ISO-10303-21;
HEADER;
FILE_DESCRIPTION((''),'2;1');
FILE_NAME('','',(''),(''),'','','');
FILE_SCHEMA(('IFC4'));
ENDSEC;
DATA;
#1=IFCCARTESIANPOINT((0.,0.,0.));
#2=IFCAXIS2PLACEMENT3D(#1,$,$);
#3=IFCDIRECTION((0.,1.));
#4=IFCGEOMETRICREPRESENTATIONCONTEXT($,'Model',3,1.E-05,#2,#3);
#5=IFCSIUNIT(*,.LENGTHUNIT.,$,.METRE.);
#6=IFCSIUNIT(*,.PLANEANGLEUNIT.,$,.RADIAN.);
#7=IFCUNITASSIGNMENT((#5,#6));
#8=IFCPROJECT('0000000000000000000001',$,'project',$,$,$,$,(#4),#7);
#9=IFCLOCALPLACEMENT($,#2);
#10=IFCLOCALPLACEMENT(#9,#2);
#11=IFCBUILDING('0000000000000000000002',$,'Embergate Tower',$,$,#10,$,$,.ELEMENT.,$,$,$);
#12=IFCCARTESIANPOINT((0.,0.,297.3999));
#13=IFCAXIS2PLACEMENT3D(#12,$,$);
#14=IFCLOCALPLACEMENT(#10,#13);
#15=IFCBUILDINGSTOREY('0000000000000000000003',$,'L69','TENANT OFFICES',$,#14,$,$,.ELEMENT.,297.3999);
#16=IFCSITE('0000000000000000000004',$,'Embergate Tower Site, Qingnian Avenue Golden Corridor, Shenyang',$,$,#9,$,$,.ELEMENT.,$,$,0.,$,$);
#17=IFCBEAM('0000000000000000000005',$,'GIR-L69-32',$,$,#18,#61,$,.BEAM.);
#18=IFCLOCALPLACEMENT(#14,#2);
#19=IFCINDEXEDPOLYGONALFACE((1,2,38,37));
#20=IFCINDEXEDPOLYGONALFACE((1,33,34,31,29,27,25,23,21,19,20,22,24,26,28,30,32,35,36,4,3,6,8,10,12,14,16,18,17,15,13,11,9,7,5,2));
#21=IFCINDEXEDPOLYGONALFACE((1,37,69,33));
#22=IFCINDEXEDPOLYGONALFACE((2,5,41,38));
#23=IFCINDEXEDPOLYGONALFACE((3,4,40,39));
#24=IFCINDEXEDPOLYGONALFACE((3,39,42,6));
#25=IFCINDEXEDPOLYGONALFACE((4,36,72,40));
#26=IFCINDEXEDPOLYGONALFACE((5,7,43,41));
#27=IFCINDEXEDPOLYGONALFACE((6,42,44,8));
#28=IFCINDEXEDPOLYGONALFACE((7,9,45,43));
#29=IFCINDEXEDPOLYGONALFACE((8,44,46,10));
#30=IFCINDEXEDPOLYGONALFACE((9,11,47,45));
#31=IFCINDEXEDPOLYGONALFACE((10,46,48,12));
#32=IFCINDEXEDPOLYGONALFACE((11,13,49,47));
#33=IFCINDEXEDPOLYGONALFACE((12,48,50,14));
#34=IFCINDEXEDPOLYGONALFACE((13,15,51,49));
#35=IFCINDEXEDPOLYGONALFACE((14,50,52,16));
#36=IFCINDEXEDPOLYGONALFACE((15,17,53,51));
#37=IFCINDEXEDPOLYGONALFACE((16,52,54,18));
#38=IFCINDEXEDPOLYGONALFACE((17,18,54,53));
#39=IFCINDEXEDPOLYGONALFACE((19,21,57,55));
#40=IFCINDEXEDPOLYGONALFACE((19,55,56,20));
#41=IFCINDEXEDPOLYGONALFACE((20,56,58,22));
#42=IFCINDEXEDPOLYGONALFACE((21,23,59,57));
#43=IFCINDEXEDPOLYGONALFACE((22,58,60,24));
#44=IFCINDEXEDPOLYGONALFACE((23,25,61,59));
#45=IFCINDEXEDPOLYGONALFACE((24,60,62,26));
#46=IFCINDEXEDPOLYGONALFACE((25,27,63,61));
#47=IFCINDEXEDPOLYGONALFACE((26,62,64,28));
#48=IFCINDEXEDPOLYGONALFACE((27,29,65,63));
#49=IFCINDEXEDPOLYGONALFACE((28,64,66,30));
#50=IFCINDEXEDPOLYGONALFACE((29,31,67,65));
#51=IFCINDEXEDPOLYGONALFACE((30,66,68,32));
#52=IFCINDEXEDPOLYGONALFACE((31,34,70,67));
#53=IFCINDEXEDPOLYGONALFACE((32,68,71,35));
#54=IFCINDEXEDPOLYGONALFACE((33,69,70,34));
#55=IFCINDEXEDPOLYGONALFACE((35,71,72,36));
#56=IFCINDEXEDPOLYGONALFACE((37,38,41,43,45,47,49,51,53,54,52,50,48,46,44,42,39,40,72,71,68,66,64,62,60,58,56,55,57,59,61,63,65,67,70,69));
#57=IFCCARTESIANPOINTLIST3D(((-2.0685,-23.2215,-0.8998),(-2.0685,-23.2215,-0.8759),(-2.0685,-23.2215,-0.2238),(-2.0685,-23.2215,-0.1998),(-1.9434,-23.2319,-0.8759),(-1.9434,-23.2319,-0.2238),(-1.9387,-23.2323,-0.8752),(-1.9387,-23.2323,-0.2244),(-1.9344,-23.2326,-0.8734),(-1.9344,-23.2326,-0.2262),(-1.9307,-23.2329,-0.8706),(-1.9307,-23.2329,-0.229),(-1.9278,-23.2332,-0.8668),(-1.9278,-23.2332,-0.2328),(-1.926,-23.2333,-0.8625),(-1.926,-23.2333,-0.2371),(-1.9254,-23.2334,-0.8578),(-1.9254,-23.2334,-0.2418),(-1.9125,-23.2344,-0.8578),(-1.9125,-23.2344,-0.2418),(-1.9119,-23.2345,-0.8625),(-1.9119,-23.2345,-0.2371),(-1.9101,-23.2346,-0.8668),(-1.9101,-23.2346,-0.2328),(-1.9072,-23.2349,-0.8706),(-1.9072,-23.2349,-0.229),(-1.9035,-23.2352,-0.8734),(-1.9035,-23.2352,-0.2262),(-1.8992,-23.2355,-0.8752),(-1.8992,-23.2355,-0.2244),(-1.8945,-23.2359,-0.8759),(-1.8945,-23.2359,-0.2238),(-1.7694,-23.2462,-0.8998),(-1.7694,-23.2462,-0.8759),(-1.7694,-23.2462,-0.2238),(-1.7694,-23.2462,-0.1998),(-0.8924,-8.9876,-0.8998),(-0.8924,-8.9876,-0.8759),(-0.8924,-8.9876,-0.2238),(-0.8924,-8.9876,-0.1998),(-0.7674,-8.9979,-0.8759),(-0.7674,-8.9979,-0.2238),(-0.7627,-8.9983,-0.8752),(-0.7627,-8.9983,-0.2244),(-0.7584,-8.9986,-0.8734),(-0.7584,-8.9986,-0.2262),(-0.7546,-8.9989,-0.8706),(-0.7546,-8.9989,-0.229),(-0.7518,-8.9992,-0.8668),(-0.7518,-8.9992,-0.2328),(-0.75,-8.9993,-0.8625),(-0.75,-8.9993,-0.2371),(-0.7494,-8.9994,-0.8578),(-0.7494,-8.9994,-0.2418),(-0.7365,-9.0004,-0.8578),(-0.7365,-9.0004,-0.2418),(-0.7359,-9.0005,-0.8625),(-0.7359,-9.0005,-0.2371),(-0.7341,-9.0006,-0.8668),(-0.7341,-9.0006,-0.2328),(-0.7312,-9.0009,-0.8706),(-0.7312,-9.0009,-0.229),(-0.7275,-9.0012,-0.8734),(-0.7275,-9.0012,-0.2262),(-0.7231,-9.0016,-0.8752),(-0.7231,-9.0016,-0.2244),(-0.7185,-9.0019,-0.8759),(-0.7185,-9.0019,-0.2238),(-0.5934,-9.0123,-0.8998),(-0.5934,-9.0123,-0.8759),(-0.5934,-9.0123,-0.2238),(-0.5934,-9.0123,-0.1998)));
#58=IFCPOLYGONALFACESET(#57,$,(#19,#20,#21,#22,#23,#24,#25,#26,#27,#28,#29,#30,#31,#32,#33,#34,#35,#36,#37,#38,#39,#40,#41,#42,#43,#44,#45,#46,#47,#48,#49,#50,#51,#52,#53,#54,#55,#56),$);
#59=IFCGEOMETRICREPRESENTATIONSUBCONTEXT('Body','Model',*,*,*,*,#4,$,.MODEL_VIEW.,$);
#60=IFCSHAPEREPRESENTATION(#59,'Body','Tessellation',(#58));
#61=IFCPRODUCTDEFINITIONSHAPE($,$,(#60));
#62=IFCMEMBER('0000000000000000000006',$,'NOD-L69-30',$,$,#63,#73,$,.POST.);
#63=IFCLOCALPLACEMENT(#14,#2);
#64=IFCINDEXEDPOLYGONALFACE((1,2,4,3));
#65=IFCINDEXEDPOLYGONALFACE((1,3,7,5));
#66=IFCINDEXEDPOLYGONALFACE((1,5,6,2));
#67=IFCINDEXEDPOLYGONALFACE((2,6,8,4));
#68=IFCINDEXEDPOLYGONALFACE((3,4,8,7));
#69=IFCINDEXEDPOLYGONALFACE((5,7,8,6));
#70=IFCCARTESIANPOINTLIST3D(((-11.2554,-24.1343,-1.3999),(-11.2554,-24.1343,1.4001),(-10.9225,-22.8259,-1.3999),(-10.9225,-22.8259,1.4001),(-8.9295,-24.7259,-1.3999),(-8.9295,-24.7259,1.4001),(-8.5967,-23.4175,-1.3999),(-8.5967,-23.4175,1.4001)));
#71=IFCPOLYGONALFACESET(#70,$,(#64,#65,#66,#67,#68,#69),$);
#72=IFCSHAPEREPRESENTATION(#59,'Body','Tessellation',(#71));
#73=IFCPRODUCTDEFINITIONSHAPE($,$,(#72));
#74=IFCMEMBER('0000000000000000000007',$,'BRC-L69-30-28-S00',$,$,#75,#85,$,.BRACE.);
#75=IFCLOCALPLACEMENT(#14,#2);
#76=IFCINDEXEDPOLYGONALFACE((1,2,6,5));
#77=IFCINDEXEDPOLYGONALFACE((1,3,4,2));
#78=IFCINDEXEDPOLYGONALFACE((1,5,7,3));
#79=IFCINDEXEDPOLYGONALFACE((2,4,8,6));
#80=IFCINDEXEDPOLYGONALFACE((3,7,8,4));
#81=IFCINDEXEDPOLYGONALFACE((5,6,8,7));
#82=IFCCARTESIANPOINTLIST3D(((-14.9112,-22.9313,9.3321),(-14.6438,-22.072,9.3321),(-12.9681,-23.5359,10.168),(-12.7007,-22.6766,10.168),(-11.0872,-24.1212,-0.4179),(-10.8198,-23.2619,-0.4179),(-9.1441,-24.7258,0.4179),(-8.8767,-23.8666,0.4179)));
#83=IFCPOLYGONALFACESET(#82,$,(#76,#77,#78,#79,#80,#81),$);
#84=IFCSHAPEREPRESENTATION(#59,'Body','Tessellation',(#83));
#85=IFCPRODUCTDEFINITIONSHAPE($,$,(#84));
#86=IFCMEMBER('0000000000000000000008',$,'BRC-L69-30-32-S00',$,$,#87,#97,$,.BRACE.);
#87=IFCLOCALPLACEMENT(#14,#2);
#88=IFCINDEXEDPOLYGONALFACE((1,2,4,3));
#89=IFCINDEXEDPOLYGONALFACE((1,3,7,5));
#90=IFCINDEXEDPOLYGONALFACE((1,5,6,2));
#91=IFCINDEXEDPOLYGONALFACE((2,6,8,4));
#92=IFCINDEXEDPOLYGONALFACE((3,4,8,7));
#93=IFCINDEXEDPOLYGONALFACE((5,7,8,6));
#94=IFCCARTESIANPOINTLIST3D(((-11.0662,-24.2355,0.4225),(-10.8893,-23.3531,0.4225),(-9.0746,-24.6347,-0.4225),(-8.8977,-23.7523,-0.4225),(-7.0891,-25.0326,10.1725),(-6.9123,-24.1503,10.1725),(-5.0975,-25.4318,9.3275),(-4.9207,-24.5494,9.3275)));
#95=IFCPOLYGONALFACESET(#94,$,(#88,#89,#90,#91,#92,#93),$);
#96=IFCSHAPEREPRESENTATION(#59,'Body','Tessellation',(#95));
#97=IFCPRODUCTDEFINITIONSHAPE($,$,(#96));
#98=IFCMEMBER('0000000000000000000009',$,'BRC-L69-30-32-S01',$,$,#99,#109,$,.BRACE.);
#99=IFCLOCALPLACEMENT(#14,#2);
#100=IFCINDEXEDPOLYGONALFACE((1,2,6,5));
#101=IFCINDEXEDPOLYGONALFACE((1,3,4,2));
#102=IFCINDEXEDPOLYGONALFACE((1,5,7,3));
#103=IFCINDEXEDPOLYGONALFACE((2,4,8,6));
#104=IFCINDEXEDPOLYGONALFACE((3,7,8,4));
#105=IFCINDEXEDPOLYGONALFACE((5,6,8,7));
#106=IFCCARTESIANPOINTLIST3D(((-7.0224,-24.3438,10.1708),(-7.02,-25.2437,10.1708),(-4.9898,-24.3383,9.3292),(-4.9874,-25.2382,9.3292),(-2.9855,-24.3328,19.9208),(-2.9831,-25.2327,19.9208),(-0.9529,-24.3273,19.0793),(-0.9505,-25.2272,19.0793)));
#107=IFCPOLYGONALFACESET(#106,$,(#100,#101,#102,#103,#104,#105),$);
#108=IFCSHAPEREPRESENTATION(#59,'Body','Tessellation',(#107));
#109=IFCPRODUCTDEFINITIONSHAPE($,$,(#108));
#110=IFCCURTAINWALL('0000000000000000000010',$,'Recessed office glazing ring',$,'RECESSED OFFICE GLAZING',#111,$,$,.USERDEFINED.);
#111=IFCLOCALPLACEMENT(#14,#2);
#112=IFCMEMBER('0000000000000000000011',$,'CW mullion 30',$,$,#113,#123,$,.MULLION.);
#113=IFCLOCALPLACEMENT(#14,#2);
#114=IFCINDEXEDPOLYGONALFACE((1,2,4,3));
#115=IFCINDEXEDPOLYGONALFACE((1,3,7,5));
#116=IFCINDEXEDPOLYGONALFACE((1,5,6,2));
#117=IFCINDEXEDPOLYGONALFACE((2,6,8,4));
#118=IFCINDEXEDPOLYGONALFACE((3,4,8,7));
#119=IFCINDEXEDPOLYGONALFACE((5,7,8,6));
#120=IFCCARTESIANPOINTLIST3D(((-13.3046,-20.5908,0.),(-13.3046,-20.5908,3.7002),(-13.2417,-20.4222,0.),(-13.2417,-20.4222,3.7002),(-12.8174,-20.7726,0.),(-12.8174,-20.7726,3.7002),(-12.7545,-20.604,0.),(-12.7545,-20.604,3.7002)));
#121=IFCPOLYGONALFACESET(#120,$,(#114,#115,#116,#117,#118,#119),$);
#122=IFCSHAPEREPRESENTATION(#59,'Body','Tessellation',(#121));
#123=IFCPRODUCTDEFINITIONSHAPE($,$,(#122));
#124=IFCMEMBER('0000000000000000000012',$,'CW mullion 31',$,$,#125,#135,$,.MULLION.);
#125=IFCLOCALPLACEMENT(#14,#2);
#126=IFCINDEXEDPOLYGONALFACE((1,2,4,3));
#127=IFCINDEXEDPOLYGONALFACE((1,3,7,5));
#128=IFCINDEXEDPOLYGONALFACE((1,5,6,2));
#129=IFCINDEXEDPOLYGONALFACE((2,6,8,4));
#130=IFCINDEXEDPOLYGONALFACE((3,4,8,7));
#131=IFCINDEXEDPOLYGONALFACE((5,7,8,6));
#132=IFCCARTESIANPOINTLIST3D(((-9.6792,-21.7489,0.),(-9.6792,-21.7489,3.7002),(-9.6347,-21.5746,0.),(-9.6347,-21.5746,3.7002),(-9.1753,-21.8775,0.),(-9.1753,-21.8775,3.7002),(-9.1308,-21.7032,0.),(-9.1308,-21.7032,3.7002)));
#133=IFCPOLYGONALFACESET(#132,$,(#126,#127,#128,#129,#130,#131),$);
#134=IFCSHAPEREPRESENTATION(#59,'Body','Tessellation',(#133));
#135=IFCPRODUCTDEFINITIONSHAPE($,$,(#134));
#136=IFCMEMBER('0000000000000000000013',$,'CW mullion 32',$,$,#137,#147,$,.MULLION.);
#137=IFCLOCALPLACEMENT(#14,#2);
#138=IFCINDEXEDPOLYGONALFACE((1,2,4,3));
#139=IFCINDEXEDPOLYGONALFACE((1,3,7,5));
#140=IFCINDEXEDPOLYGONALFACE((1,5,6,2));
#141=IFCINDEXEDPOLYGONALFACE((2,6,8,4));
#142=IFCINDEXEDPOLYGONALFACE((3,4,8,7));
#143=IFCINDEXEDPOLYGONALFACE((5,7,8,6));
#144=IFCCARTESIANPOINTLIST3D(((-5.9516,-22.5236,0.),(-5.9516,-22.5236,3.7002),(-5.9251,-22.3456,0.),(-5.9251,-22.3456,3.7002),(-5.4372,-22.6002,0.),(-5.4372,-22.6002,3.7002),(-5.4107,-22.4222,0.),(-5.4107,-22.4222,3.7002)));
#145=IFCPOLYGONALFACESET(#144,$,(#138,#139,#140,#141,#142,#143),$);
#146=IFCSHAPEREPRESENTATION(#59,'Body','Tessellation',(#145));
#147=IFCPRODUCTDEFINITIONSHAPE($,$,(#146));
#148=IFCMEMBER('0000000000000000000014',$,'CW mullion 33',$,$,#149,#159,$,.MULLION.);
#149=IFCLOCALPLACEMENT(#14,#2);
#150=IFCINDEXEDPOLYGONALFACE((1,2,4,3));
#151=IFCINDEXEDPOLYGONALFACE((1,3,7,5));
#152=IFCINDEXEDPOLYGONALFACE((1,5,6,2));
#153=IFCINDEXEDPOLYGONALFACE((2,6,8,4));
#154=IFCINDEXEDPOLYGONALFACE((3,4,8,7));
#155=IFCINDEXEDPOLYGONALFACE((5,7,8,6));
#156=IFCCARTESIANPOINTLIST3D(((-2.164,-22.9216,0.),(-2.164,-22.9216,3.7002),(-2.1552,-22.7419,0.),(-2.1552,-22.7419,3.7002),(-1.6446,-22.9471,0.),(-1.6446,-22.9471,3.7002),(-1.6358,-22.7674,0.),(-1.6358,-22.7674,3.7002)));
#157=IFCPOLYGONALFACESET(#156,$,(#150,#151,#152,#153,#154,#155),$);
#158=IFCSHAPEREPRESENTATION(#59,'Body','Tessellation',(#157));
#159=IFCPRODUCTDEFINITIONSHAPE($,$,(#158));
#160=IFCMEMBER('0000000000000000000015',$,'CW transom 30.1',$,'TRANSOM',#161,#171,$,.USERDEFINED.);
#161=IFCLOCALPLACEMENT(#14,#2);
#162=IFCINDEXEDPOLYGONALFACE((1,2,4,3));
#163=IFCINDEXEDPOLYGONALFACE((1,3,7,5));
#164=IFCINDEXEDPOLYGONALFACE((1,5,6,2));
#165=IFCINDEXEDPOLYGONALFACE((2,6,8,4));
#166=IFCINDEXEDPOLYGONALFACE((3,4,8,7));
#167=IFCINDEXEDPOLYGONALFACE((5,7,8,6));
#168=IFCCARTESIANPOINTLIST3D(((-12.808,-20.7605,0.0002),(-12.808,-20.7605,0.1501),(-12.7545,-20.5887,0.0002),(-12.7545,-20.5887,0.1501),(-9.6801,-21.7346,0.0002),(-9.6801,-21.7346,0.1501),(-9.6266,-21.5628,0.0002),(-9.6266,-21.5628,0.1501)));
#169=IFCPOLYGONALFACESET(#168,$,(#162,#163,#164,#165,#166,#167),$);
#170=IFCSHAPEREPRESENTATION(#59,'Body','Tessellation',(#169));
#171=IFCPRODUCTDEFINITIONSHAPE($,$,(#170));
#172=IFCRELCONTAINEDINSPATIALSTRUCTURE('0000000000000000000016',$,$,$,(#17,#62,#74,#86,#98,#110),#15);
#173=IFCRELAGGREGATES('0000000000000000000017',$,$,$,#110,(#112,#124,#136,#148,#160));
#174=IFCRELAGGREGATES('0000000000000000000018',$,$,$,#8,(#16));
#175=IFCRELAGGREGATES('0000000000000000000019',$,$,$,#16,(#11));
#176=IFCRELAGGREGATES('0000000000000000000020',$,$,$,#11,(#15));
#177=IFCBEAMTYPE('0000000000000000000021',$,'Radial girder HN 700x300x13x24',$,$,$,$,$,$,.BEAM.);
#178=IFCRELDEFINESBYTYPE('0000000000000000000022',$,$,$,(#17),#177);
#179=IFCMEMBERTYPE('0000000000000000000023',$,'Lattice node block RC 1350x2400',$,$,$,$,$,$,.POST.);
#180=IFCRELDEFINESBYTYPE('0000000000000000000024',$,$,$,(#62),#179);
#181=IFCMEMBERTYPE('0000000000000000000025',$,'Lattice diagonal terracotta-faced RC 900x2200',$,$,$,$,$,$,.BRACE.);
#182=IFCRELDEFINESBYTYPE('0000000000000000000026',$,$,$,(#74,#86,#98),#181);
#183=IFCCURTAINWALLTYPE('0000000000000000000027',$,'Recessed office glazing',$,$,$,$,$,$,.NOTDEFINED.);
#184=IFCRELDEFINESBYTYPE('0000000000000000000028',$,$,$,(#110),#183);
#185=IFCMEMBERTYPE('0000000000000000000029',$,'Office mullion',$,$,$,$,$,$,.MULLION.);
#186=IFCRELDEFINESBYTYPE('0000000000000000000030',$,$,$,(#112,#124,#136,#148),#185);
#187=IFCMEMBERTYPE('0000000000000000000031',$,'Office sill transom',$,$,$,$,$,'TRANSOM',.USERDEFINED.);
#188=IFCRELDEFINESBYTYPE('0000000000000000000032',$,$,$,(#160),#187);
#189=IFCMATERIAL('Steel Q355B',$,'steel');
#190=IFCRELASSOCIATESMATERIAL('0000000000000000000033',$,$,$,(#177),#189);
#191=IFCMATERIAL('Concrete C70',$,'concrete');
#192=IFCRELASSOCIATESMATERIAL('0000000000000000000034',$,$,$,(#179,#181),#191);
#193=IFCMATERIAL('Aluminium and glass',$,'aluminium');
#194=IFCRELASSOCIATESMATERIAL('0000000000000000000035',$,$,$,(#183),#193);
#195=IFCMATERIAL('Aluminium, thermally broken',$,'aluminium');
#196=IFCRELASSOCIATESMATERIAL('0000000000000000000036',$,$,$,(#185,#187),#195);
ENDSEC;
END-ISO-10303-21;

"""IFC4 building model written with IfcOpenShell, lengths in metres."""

from ifc_helpers import new_model, si_unit, direction, frame, origin, origin_2d, place, context, subcontext, project, spatial, rectangle, i_section, extrude, source, transform, mapped, material, material_profile, profile_set, type_object, element, aggregate, save


model = new_model("IFC4")

# Units and contexts
model_context = context("Model", 3, precision=1e-05, world=origin(), true_north=direction((0.0, 1.0)))
body_context = subcontext(model_context, "Body", "Model", "MODEL_VIEW")
ifc_project = project(units=[si_unit("LENGTHUNIT", "METRE"), si_unit("PLANEANGLEUNIT", "RADIAN")], contexts=[model_context])

# Site, building, storey
site_placement = place(None, origin())
site = spatial("IfcSite", under=ifc_project, at=site_placement, Name="Embergate Tower Site, Qingnian Avenue Golden Corridor, Shenyang", CompositionType="ELEMENT", RefElevation=0.0)
building_placement = place(site_placement, origin())
building = spatial("IfcBuilding", under=site, at=building_placement, Name="Embergate Tower", CompositionType="ELEMENT")
storey_placement = place(building_placement, frame((0.0, 0.0, 297.3999)))
storey = spatial("IfcBuildingStorey", under=building, at=storey_placement, Name="L69", Description="TENANT OFFICES", CompositionType="ELEMENT", Elevation=297.3999)

# Beam
ifc_material_1 = material(Name="Steel Q355B", Category="steel")
ifc_material_profile_1 = material_profile(ifc_material_1, i_section(OverallWidth=0.3, OverallDepth=0.7, WebThickness=0.0129, FlangeThickness=0.0239, FilletRadius=0.0181, at=origin_2d()), Name="HN 700x300x13x24")
ifc_profile_set_1 = profile_set([ifc_material_profile_1], Name="Steel Q355 grade B")
beam_type_1 = type_object("IfcBeamType", Name="Radial girder HN 700x300x13x24", PredefinedType="BEAM", material=ifc_profile_set_1)
shared_shape_1 = source(origin(), body_context, "Body", "SweptSolid", [
    extrude(i_section(OverallWidth=0.3, OverallDepth=0.7, WebThickness=0.0129, FlangeThickness=0.0239, FilletRadius=0.0181, at=origin_2d()), origin(), (0.0, 0.0, 1.0), 14.2825),
])
beam_1_placement = place(storey_placement, frame((-1.9189, -23.2339, -0.5498), z_axis=(0.082341, 0.996604, 0.0), x_axis=(-0.996604, 0.082341, 0.0)))
element("IfcBeam", 1, at=beam_1_placement, inside=storey, type_object=beam_type_1, Name="GIR-L69-32", PredefinedType="BEAM", context=body_context, shape_type="MappedRepresentation", body=[
    mapped(shared_shape_1, transform((0.0, 0.0, 0.0))),
])

# Members
ifc_material_2 = material(Name="Concrete C70", Category="concrete")
ifc_material_profile_2 = material_profile(ifc_material_2, rectangle(XDim=1.3501, YDim=2.3999, at=origin_2d()), Name="RC 1350x2400")
ifc_profile_set_2 = profile_set([ifc_material_profile_2], Name="Concrete C70")
member_type_1 = type_object("IfcMemberType", Name="Lattice node block RC 1350x2400", PredefinedType="POST", material=ifc_profile_set_2)
shared_shape_2 = source(origin(), body_context, "Body", "SweptSolid", [
    extrude(rectangle(XDim=1.3501, YDim=2.3999, at=origin_2d()), origin(), (0.0, 0.0, 1.0), 2.8),
])
member_1_placement = place(storey_placement, frame((-9.926, -23.7759, -1.3999), z_axis=(0.0, 0.0, 1.0), x_axis=(-0.246509, -0.969141, 0.0)))
element("IfcMember", 2, at=member_1_placement, inside=storey, type_object=member_type_1, Name="NOD-L69-30", PredefinedType="POST", context=body_context, shape_type="MappedRepresentation", body=[
    mapped(shared_shape_2, transform((0.0, 0.0, 0.0))),
])
ifc_material_profile_3 = material_profile(ifc_material_2, rectangle(XDim=0.8999, YDim=2.2, at=origin_2d()), Name="RC 900x2200")
ifc_profile_set_3 = profile_set([ifc_material_profile_3], Name="Concrete C70")
member_type_2 = type_object("IfcMemberType", Name="Lattice diagonal terracotta-faced RC 900x2200", PredefinedType="BRACE", material=ifc_profile_set_3)
shared_shape_3 = source(origin(), body_context, "Body", "SweptSolid", [
    extrude(rectangle(XDim=0.8999, YDim=2.2, at=origin_2d()), origin(), (0.0, 0.0, 1.0), 10.5405),
])
member_2_placement = place(storey_placement, frame((-9.9819, -23.9939, 0.0), z_axis=(-0.36279, 0.112893, 0.925007), x_axis=(-0.297126, -0.954838, 0.0)))
element("IfcMember", 3, at=member_2_placement, inside=storey, type_object=member_type_2, Name="BRC-L69-30-28-S00", PredefinedType="BRACE", context=body_context, shape_type="MappedRepresentation", body=[
    mapped(shared_shape_3, transform((0.0, 0.0, 0.0))),
])
shared_shape_4 = source(origin(), body_context, "Body", "SweptSolid", [
    extrude(rectangle(XDim=0.8999, YDim=2.2, at=origin_2d()), origin(), (0.0, 0.0, 1.0), 10.5601),
])
member_3_placement = place(storey_placement, frame((-9.9819, -23.9939, 0.0), z_axis=(0.376613, -0.075484, 0.92329), x_axis=(0.196521, 0.9805, 0.0)))
element("IfcMember", 4, at=member_3_placement, inside=storey, type_object=member_type_2, Name="BRC-L69-30-32-S00", PredefinedType="BRACE", context=body_context, shape_type="MappedRepresentation", body=[
    mapped(shared_shape_4, transform((0.0, 0.0, 0.0))),
])
shared_shape_5 = source(origin(), body_context, "Body", "SweptSolid", [
    extrude(rectangle(XDim=0.8999, YDim=2.2, at=origin_2d()), origin(), (0.0, 0.0, 1.0), 10.5527),
])
member_4_placement = place(storey_placement, frame((-6.0049, -24.791, 9.75), z_axis=(0.382544, 0.001041, 0.923937), x_axis=(-0.002721, 0.999996, 0.0)))
element("IfcMember", 5, at=member_4_placement, inside=storey, type_object=member_type_2, Name="BRC-L69-30-32-S01", PredefinedType="BRACE", context=body_context, shape_type="MappedRepresentation", body=[
    mapped(shared_shape_5, transform((0.0, 0.0, 0.0))),
])

# Curtain wall, members
ifc_material_3 = material(Name="Aluminium and glass", Category="aluminium")
curtain_wall_type = type_object("IfcCurtainWallType", Name="Recessed office glazing", PredefinedType="NOTDEFINED", material=ifc_material_3)
curtain_wall_placement = place(storey_placement, origin())
curtain_wall = element("IfcCurtainWall", 6, at=curtain_wall_placement, inside=storey, type_object=curtain_wall_type, Name="Recessed office glazing ring", ObjectType="RECESSED OFFICE GLAZING", PredefinedType="USERDEFINED")
ifc_material_4 = material(Name="Aluminium, thermally broken", Category="aluminium")
ifc_material_profile_4 = material_profile(ifc_material_4, rectangle(XDim=0.1799, YDim=0.52, at=origin_2d()), Name="AL 520x180")
ifc_profile_set_4 = profile_set([ifc_material_profile_4], Name="Aluminium, thermally broken")
member_type_3 = type_object("IfcMemberType", Name="Office mullion", PredefinedType="MULLION", material=ifc_profile_set_4)
shared_shape_6 = source(origin(), body_context, "Body", "SweptSolid", [
    extrude(rectangle(XDim=0.1799, YDim=0.52, at=origin_2d()), origin(), (0.0, 0.0, 1.0), 3.7002),
])
member_5_placement = place(storey_placement, frame((-13.0295, -20.5974, 0.0), z_axis=(0.0, 0.0, 1.0), x_axis=(0.349501, 0.936936, 0.0)))
member_5 = element("IfcMember", 7, at=member_5_placement, type_object=member_type_3, Name="CW mullion 30", PredefinedType="MULLION", context=body_context, shape_type="MappedRepresentation", body=[
    mapped(shared_shape_6, transform((0.0, 0.0, 0.0))),
])
member_6_placement = place(storey_placement, frame((-9.405, -21.7261, 0.0), z_axis=(0.0, 0.0, 1.0), x_axis=(0.247312, 0.968936, 0.0)))
member_6 = element("IfcMember", 8, at=member_6_placement, type_object=member_type_3, Name="CW mullion 31", PredefinedType="MULLION", context=body_context, shape_type="MappedRepresentation", body=[
    mapped(shared_shape_6, transform((0.0, 0.0, 0.0))),
])
member_7_placement = place(storey_placement, frame((-5.6812, -22.4729, 0.0), z_axis=(0.0, 0.0, 1.0), x_axis=(0.147412, 0.989075, 0.0)))
member_7 = element("IfcMember", 9, at=member_7_placement, type_object=member_type_3, Name="CW mullion 32", PredefinedType="MULLION", context=body_context, shape_type="MappedRepresentation", body=[
    mapped(shared_shape_6, transform((0.0, 0.0, 0.0))),
])
member_8_placement = place(storey_placement, frame((-1.8999, -22.8445, 0.0), z_axis=(0.0, 0.0, 1.0), x_axis=(0.048972, 0.9988, 0.0)))
member_8 = element("IfcMember", 10, at=member_8_placement, type_object=member_type_3, Name="CW mullion 33", PredefinedType="MULLION", context=body_context, shape_type="MappedRepresentation", body=[
    mapped(shared_shape_6, transform((0.0, 0.0, 0.0))),
])
ifc_material_profile_5 = material_profile(ifc_material_4, rectangle(XDim=0.1799, YDim=0.1499, at=origin_2d()), Name="AL 150x180")
ifc_profile_set_5 = profile_set([ifc_material_profile_5], Name="Aluminium, thermally broken")
member_type_4 = type_object("IfcMemberType", Name="Office sill transom", ElementType="TRANSOM", PredefinedType="USERDEFINED", material=ifc_profile_set_5)
shared_shape_7 = source(origin(), body_context, "Body", "SweptSolid", [
    extrude(rectangle(XDim=0.1799, YDim=0.1499, at=origin_2d()), origin(), (0.0, 0.0, 1.0), 3.2761),
])
member_9_placement = place(storey_placement, frame((-12.7812, -20.6746, 0.0752), z_axis=(0.954771, -0.297341, 0.0), x_axis=(0.297341, 0.954771, 0.0)))
member_9 = element("IfcMember", 11, at=member_9_placement, type_object=member_type_4, Name="CW transom 30.1", ObjectType="TRANSOM", PredefinedType="USERDEFINED", context=body_context, shape_type="MappedRepresentation", body=[
    mapped(shared_shape_7, transform((0.0, 0.0, 0.0))),
])

aggregate(curtain_wall, [member_5, member_6, member_7, member_8, member_9])

save(model, "model.ifc")
